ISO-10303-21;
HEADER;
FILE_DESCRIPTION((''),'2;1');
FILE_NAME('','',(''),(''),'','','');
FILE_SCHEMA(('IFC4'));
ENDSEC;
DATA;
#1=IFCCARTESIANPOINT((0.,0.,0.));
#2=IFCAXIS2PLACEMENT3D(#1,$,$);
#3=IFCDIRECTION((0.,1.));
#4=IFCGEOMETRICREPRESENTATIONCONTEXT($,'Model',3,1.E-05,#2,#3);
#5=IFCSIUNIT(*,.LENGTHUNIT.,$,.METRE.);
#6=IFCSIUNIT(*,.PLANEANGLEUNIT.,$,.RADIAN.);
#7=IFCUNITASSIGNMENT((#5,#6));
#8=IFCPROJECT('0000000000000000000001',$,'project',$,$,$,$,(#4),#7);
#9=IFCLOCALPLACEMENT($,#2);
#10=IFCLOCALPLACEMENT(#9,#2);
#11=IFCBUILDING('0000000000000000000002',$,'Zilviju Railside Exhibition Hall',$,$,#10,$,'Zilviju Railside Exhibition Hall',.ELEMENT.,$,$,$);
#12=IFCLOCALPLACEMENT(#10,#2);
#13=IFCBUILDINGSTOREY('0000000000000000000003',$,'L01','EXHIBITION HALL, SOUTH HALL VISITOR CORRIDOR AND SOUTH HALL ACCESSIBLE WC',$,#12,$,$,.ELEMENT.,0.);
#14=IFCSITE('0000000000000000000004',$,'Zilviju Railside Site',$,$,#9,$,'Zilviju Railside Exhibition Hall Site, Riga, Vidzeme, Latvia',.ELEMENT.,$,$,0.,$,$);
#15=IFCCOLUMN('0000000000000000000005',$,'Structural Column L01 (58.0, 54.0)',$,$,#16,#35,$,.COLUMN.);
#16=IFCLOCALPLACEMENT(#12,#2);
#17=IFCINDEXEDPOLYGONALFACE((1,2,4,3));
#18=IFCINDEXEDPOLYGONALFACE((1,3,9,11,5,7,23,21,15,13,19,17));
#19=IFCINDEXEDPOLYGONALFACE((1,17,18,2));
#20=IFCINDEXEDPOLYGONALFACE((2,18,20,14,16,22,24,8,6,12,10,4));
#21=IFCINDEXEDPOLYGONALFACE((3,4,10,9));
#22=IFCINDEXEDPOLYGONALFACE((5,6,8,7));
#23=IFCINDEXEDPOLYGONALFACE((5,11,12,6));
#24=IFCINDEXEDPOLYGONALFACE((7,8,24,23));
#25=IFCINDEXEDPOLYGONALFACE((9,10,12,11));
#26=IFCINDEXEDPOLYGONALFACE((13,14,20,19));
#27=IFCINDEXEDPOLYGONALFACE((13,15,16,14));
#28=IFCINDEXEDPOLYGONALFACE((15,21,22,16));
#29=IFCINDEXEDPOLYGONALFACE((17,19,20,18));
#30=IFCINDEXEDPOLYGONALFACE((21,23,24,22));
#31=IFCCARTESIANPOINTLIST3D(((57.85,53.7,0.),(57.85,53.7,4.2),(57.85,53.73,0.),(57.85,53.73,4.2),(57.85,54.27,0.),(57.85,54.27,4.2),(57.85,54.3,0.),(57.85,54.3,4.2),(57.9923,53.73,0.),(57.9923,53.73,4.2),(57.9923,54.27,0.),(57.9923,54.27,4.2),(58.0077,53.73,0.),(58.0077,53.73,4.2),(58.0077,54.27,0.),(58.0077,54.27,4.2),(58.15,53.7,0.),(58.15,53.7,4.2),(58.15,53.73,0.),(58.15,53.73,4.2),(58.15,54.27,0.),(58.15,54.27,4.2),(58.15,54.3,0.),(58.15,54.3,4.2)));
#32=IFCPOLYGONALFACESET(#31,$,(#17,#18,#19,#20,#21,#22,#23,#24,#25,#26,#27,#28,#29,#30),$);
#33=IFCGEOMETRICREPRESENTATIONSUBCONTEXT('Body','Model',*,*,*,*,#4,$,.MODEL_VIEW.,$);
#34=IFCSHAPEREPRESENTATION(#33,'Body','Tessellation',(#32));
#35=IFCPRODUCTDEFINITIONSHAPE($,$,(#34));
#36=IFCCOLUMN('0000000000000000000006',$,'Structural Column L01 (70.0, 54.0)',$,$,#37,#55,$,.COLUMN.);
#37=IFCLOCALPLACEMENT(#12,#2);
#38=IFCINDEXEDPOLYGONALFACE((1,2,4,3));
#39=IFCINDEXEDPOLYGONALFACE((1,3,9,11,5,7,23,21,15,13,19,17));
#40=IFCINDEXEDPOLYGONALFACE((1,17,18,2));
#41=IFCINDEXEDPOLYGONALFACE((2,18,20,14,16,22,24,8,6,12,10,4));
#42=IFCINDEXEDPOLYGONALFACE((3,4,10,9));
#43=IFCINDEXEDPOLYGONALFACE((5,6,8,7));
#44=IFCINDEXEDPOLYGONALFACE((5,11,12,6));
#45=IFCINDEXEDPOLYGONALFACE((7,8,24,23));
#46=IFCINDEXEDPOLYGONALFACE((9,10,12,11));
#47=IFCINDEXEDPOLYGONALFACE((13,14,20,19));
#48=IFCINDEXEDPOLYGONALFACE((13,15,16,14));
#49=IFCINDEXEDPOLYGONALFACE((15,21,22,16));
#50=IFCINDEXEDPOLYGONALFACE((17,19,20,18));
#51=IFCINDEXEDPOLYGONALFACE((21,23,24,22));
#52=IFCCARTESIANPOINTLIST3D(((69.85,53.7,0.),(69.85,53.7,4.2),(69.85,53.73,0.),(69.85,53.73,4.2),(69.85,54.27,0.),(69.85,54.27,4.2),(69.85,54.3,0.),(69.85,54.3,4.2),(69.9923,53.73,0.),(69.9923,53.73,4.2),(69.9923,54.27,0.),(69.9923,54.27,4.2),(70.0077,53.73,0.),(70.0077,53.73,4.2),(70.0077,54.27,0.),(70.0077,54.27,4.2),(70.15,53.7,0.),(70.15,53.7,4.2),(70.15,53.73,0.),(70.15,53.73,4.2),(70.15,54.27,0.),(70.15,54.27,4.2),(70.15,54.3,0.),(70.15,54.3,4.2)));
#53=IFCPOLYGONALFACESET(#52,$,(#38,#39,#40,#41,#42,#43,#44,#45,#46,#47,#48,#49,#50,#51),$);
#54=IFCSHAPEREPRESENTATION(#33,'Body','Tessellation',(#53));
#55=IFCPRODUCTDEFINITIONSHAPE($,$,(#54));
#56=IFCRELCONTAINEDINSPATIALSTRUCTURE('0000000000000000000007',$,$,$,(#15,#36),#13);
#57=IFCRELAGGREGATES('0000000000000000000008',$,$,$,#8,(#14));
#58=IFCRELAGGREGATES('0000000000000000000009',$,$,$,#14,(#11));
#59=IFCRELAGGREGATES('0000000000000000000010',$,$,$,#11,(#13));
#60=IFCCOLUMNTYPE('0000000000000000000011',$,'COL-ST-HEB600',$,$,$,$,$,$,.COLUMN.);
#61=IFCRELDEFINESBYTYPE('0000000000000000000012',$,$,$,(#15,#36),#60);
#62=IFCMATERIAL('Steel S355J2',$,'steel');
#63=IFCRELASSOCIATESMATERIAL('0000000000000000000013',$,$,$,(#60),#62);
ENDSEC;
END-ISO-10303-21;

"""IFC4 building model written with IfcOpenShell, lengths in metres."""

from ifc_helpers import new_model, si_unit, direction, frame, origin, origin_2d, place, context, subcontext, project, spatial, i_section, extrude, material, material_profile, profile_set, type_object, element, save


model = new_model("IFC4")

# Units and contexts
model_context = context("Model", 3, precision=1e-05, world=origin(), true_north=direction((0.0, 1.0)))
body_context = subcontext(model_context, "Body", "Model", "MODEL_VIEW")
ifc_project = project(units=[si_unit("LENGTHUNIT", "METRE"), si_unit("PLANEANGLEUNIT", "RADIAN")], contexts=[model_context])

# Site, building, storey
site_placement = place(None, origin())
site = spatial("IfcSite", under=ifc_project, at=site_placement, Name="Zilviju Railside Site", LongName="Zilviju Railside Exhibition Hall Site, Riga, Vidzeme, Latvia", CompositionType="ELEMENT", RefElevation=0.0)
building_placement = place(site_placement, origin())
building = spatial("IfcBuilding", under=site, at=building_placement, Name="Zilviju Railside Exhibition Hall", LongName="Zilviju Railside Exhibition Hall", CompositionType="ELEMENT")
storey_placement = place(building_placement, origin())
storey = spatial("IfcBuildingStorey", under=building, at=storey_placement, Name="L01", Description="EXHIBITION HALL, SOUTH HALL VISITOR CORRIDOR AND SOUTH HALL ACCESSIBLE WC", CompositionType="ELEMENT", Elevation=0.0)

# Columns
ifc_material_1 = material(Name="Steel S355J2", Category="steel")
ifc_material_profile_1 = material_profile(ifc_material_1, i_section(OverallWidth=0.3, OverallDepth=0.6001, WebThickness=0.0154, FlangeThickness=0.03, at=origin_2d()), Name="HEB 600")
ifc_profile_set_1 = profile_set([ifc_material_profile_1], Name="Steel S355J2")
column_type_1 = type_object("IfcColumnType", Name="COL-ST-HEB600", PredefinedType="COLUMN", material=ifc_profile_set_1)
for number, where, z_axis, x_axis, name in (
    (1, (58.0, 54.0, 0.0), (0.0, 0.0, 1.0), (1.0, 0.0, 0.0), "Structural Column L01 (58.0, 54.0)"),
    (2, (70.0, 54.0, 0.0), (0.0, 0.0, 1.0), (1.0, 0.0, 0.0), "Structural Column L01 (70.0, 54.0)"),
):
    element("IfcColumn", number, at=place(storey_placement, frame(where, z_axis=z_axis, x_axis=x_axis)), inside=storey, type_object=column_type_1, Name=name, PredefinedType="COLUMN", context=body_context, shape_type="SweptSolid", body=[
        extrude(i_section(OverallWidth=0.3, OverallDepth=0.6001, WebThickness=0.0154, FlangeThickness=0.03, at=origin_2d()), origin(), (0.0, 0.0, 1.0), 4.2),
    ])

save(model, "model.ifc")
